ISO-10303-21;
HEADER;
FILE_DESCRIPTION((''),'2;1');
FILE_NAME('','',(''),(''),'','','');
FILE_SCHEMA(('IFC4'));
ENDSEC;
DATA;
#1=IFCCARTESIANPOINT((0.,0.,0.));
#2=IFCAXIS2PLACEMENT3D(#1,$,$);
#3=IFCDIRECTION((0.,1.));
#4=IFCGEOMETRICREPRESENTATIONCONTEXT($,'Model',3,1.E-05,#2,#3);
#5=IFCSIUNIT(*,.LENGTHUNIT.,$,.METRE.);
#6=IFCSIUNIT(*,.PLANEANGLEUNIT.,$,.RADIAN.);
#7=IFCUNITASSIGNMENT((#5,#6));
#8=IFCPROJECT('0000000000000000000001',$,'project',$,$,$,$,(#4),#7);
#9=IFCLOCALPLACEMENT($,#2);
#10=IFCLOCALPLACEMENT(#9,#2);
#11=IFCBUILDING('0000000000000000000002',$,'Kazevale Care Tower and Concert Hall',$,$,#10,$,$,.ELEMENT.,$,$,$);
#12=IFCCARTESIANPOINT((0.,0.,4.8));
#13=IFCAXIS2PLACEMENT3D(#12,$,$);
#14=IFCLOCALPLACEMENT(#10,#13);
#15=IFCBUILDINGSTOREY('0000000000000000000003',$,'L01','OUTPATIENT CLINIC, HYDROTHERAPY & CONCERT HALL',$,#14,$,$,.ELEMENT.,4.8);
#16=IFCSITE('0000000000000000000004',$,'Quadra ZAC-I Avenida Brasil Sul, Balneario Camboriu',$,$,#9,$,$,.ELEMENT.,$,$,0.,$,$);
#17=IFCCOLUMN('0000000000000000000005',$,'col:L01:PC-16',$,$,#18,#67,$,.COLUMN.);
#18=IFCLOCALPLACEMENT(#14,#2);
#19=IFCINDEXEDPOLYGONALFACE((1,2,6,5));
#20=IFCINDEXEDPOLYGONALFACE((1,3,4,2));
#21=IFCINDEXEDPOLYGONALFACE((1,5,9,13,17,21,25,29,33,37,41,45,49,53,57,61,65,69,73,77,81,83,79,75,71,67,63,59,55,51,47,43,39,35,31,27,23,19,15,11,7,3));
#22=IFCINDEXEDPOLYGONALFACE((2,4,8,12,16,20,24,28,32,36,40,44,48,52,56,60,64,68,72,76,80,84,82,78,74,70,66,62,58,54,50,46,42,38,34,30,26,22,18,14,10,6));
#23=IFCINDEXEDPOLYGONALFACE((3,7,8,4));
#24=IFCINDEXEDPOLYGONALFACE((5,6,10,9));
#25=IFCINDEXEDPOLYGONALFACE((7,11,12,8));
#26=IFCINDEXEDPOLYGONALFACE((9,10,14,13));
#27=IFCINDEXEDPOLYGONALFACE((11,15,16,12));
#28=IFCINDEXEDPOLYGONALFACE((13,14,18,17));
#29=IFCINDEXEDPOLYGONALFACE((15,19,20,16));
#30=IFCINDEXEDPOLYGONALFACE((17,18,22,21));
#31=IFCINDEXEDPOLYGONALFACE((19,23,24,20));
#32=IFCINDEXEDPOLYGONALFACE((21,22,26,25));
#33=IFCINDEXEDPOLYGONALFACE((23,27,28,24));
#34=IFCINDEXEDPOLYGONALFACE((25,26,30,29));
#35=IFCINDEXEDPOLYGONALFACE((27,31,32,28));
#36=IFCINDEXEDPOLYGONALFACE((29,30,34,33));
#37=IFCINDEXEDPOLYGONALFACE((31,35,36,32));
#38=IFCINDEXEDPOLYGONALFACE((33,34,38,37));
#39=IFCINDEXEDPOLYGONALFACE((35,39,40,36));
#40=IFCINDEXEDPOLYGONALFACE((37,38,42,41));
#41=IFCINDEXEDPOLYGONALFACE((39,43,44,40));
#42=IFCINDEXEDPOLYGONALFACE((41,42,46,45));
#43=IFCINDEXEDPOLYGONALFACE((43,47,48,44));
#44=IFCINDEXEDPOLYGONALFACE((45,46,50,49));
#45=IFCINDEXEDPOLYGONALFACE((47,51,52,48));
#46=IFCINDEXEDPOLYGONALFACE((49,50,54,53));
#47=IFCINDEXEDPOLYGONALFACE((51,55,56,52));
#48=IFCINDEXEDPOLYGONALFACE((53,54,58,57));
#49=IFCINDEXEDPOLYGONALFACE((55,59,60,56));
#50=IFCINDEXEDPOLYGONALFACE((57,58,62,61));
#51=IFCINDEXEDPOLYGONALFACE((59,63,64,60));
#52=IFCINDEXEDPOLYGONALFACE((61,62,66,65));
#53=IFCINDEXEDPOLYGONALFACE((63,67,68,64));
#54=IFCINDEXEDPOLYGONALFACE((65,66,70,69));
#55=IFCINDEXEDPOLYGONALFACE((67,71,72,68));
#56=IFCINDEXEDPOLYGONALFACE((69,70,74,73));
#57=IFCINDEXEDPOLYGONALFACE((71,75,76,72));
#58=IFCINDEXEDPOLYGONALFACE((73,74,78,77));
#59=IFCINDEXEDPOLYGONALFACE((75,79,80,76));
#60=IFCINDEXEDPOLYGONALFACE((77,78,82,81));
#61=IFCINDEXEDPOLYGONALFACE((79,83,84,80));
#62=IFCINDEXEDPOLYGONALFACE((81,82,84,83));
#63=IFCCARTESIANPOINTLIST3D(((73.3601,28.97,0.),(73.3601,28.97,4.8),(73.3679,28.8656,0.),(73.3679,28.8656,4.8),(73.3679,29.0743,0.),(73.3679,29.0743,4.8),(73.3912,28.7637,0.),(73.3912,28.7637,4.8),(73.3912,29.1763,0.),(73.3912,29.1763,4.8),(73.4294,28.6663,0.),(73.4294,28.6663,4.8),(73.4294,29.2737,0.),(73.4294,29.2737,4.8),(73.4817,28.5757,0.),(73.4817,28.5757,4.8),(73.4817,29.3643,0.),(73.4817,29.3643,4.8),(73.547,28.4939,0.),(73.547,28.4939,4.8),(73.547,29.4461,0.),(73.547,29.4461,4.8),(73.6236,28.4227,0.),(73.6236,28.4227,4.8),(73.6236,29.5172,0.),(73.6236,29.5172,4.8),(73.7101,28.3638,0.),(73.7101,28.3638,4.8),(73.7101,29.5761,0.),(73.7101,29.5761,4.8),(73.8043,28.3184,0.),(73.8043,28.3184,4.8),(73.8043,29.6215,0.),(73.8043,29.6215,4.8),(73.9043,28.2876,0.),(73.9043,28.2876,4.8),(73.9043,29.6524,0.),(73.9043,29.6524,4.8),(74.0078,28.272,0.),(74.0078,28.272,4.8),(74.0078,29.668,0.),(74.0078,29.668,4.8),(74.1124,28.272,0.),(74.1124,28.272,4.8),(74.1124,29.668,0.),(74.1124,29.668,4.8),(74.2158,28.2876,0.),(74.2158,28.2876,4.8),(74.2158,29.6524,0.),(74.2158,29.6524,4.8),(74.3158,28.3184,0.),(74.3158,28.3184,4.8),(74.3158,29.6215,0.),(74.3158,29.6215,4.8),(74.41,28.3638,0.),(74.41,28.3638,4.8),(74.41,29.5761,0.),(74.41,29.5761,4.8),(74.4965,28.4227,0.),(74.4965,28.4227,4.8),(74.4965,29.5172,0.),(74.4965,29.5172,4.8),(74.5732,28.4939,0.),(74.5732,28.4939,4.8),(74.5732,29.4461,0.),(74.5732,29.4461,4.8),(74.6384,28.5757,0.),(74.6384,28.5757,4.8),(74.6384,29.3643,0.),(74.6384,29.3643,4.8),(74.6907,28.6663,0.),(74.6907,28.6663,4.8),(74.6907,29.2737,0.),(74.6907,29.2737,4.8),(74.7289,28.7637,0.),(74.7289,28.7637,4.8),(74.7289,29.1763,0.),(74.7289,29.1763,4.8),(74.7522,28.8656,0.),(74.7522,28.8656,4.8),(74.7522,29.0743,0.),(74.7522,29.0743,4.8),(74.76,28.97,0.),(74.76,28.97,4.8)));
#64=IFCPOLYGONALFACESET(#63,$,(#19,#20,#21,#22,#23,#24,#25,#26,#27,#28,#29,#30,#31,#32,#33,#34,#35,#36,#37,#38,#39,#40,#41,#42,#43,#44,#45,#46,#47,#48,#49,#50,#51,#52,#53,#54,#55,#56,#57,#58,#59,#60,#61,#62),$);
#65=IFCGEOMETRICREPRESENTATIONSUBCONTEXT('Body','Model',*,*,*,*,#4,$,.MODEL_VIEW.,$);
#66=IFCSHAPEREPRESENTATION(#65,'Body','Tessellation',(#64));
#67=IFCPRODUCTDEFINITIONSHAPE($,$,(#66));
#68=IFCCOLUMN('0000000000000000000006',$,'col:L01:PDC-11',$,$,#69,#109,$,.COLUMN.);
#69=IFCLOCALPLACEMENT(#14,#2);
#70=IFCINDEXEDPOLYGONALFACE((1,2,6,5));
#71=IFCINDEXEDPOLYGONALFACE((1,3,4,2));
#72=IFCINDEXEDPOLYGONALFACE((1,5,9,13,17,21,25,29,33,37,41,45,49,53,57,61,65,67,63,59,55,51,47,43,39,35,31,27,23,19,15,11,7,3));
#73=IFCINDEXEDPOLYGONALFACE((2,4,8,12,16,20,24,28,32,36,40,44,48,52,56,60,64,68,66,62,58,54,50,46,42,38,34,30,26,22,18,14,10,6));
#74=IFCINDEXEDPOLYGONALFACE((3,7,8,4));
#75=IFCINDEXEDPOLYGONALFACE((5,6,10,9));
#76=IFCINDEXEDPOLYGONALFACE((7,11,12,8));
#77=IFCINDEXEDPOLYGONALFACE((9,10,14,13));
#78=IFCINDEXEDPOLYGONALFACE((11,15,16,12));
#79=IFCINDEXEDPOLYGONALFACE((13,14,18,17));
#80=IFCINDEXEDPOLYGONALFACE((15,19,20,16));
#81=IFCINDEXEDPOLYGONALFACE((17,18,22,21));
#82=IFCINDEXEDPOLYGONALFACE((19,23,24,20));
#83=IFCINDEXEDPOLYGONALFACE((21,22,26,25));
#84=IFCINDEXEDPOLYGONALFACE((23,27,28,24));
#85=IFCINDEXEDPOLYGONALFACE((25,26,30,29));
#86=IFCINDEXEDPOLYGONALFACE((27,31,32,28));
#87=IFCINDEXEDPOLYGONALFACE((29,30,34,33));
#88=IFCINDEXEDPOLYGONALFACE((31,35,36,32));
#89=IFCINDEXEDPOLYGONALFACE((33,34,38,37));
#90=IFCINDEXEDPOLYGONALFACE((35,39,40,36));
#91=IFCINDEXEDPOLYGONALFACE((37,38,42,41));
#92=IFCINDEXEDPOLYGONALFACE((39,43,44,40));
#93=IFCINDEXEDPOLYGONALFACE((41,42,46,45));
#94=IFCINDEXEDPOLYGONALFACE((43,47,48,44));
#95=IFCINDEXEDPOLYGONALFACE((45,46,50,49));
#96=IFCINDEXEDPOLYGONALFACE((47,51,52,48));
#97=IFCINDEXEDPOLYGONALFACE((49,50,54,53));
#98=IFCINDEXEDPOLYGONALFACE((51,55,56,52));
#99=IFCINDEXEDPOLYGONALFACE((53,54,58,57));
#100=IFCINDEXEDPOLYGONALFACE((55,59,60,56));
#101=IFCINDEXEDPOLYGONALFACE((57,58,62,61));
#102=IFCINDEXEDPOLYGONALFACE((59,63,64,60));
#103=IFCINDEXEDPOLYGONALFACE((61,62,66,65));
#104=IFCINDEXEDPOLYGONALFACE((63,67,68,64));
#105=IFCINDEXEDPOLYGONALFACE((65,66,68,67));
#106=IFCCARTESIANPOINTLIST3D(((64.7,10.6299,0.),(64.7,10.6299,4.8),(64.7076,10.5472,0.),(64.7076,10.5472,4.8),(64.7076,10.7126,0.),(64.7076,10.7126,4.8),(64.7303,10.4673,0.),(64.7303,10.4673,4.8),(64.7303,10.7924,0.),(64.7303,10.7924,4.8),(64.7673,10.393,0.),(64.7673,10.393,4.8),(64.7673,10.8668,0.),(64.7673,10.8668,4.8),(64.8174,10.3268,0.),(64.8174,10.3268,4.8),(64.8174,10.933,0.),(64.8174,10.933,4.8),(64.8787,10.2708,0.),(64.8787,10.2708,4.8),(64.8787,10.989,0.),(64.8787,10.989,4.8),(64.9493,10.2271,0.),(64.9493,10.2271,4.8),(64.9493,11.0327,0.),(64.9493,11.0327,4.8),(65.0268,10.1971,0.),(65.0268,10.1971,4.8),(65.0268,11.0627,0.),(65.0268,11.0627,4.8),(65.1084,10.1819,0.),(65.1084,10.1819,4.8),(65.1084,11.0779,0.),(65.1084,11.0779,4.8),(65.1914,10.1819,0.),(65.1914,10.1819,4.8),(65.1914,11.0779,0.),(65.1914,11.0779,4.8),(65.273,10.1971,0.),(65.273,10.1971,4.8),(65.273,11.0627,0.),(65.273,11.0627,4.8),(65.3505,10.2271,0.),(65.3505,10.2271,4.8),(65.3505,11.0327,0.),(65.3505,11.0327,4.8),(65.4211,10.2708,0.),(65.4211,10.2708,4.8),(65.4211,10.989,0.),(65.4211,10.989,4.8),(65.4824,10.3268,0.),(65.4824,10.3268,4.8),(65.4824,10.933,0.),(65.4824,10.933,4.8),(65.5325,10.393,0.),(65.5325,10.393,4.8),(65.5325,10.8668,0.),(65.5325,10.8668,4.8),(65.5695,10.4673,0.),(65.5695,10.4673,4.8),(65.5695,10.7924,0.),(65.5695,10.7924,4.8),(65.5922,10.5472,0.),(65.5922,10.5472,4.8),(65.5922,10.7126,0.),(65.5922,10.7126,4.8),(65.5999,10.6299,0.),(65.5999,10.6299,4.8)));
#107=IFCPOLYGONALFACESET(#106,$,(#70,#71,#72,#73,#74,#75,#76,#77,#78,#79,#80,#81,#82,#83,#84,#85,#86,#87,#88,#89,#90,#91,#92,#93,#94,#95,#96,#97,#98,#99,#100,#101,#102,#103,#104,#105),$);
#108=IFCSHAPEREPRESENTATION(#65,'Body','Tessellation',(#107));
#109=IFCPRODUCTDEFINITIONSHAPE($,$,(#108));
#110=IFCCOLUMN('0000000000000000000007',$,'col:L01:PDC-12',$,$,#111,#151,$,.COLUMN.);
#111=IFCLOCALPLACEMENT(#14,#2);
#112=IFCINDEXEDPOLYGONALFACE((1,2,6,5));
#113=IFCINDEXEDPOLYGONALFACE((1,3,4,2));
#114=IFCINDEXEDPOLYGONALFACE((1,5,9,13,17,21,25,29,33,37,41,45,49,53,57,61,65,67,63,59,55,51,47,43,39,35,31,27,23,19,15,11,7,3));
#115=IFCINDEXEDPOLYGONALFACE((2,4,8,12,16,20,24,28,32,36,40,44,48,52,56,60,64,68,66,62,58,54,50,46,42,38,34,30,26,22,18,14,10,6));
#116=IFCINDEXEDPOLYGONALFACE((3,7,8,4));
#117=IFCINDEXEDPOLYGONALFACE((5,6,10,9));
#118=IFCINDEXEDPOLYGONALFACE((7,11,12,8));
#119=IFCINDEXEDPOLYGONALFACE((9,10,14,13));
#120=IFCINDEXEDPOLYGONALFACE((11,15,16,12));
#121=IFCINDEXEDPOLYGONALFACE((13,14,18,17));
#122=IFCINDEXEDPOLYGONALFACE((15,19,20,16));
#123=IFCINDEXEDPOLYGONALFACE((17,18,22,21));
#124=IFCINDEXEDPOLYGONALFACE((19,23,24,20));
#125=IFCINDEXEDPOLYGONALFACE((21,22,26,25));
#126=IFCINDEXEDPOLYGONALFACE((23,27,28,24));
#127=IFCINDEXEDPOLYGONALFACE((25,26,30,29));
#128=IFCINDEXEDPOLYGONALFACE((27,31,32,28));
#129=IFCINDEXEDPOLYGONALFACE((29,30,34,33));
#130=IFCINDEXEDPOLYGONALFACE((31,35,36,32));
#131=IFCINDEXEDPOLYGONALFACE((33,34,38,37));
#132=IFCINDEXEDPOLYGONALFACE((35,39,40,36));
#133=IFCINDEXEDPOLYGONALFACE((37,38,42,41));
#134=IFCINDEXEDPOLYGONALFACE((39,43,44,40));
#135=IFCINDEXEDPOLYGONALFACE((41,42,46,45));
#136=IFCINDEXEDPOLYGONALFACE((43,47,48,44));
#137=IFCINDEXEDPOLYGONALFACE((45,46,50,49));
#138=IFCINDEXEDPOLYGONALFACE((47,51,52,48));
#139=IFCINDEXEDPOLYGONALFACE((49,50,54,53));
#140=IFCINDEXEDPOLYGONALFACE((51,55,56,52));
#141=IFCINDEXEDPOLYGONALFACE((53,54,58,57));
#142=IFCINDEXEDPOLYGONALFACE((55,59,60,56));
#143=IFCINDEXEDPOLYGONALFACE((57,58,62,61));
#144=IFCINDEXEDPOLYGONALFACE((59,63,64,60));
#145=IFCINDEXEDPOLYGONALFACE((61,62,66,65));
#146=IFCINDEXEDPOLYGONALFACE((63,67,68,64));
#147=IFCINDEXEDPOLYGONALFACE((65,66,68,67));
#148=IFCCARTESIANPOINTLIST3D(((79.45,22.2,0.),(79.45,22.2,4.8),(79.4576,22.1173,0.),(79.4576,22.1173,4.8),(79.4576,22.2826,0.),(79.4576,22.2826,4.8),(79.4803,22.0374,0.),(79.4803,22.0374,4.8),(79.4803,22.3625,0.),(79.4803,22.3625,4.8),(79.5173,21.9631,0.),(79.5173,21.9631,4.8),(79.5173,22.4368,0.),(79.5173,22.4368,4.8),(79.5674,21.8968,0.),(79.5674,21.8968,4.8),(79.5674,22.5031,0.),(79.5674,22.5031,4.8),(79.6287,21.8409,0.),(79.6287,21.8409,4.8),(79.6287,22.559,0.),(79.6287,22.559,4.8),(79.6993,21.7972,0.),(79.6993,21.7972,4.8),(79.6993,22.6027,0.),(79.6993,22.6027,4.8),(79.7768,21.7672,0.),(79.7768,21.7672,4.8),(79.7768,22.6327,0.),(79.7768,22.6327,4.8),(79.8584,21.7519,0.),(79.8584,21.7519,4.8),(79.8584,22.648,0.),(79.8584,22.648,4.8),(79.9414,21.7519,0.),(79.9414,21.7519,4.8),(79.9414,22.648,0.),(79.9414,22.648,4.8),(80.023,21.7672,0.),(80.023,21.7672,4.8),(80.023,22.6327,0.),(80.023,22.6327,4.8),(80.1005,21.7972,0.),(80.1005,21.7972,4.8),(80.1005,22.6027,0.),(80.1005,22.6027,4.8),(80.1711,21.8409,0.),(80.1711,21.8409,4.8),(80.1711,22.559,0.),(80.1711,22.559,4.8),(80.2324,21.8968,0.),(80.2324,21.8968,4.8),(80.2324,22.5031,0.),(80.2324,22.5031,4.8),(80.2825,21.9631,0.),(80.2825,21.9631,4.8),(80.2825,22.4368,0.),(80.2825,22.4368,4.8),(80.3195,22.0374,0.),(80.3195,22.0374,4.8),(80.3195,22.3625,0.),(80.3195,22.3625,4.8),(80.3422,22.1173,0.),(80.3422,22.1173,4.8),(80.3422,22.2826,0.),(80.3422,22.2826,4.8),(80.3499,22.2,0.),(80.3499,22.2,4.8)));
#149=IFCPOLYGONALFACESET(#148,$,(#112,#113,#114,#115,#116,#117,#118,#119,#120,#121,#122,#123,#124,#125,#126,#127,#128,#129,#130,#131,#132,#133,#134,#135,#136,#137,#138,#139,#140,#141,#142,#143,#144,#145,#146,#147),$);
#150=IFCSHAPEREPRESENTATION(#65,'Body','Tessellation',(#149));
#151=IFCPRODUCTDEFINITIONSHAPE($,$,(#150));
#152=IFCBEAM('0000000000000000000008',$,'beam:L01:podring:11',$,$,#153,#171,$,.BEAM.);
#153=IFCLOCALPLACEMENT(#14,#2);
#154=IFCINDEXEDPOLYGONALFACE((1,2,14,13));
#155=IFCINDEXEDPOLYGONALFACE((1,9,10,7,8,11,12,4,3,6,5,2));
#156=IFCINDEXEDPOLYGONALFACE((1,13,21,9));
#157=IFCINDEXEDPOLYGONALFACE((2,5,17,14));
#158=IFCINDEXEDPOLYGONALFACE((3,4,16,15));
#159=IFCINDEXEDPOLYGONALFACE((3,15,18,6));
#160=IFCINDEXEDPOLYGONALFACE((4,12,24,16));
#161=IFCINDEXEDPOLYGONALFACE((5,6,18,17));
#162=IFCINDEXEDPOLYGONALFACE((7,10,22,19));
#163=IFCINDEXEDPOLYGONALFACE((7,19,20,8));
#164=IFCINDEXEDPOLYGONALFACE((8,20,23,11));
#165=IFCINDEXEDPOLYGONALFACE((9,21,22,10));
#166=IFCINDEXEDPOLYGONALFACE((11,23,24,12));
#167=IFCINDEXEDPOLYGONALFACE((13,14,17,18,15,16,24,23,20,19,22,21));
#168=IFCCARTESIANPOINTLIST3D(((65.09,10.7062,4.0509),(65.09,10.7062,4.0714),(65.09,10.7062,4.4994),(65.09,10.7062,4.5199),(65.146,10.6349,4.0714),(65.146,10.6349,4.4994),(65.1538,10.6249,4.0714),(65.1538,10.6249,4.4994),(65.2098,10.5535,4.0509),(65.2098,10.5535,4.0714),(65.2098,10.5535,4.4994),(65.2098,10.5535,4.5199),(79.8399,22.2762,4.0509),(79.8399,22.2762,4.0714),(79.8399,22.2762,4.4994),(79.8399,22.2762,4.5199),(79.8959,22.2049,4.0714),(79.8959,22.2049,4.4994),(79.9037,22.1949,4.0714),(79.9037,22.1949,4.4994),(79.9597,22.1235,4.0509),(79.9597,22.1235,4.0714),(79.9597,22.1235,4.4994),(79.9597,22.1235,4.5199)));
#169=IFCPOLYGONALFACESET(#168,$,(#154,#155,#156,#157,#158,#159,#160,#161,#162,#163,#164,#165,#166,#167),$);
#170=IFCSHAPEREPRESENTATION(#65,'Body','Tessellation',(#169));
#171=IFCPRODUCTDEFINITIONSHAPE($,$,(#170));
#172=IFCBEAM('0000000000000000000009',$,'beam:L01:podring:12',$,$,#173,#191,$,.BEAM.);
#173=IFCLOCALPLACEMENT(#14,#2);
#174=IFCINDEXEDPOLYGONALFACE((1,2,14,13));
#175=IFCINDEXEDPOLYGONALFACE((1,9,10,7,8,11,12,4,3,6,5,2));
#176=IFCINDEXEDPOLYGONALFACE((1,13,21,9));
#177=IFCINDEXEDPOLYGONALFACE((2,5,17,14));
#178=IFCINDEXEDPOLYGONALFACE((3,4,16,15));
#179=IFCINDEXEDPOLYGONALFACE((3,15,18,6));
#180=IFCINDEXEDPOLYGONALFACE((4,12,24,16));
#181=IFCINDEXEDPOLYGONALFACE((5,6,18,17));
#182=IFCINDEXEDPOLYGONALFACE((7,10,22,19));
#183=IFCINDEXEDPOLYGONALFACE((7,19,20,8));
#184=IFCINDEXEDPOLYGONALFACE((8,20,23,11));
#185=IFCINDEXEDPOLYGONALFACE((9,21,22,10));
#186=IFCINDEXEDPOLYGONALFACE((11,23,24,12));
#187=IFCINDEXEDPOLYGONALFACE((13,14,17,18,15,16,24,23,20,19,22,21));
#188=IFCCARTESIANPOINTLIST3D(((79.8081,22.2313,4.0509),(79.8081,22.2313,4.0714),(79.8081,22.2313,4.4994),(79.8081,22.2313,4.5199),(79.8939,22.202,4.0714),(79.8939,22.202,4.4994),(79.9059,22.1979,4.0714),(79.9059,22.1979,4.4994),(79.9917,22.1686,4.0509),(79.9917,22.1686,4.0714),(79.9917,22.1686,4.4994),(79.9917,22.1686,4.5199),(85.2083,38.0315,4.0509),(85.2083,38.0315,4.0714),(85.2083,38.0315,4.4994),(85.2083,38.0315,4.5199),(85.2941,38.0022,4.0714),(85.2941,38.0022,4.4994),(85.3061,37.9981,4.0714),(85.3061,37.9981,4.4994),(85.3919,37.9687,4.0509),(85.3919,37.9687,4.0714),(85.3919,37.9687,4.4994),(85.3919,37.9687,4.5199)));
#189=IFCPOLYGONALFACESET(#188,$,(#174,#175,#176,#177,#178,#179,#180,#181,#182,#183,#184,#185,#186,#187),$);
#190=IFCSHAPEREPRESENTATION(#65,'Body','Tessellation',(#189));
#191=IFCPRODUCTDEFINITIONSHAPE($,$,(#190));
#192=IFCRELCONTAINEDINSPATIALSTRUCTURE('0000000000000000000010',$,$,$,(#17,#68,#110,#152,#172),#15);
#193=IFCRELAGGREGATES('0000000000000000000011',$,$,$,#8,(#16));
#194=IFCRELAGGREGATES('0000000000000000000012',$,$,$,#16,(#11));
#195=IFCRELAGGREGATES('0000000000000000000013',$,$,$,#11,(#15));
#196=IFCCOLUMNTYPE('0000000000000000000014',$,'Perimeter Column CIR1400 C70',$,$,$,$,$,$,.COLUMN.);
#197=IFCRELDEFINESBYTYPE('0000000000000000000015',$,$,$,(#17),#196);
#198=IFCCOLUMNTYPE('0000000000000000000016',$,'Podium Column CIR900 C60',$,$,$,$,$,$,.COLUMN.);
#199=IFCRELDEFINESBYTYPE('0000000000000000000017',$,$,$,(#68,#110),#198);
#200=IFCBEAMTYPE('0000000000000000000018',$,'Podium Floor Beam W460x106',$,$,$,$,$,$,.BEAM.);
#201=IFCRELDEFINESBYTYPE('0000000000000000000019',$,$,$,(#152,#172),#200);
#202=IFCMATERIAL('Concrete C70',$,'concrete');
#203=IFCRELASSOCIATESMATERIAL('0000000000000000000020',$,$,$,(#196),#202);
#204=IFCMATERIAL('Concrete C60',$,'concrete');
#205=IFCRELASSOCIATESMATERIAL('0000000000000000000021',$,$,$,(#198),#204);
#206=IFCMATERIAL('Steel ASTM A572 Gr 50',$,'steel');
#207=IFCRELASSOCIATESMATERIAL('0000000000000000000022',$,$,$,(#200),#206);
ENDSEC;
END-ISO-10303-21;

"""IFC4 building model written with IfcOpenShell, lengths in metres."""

from ifc_helpers import new_model, si_unit, direction, frame, origin, origin_2d, place, context, subcontext, project, spatial, circle, i_section, extrude, material, material_profile, profile_set, type_object, element, save


model = new_model("IFC4")

# Units and contexts
model_context = context("Model", 3, precision=1e-05, world=origin(), true_north=direction((0.0, 1.0)))
body_context = subcontext(model_context, "Body", "Model", "MODEL_VIEW")
ifc_project = project(units=[si_unit("LENGTHUNIT", "METRE"), si_unit("PLANEANGLEUNIT", "RADIAN")], contexts=[model_context])

# Site, building, storey
site_placement = place(None, origin())
site = spatial("IfcSite", under=ifc_project, at=site_placement, Name="Quadra ZAC-I Avenida Brasil Sul, Balneario Camboriu", CompositionType="ELEMENT", RefElevation=0.0)
building_placement = place(site_placement, origin())
building = spatial("IfcBuilding", under=site, at=building_placement, Name="Kazevale Care Tower and Concert Hall", CompositionType="ELEMENT")
storey_placement = place(building_placement, frame((0.0, 0.0, 4.8)))
storey = spatial("IfcBuildingStorey", under=building, at=storey_placement, Name="L01", Description="OUTPATIENT CLINIC, HYDROTHERAPY & CONCERT HALL", CompositionType="ELEMENT", Elevation=4.8)

# Columns
ifc_material_1 = material(Name="Concrete C70", Category="concrete")
ifc_material_profile_1 = material_profile(ifc_material_1, circle(Radius=0.7, at=origin_2d()), Name="RC-CIR1400")
ifc_profile_set_1 = profile_set([ifc_material_profile_1], Name="Concrete C70")
column_type_1 = type_object("IfcColumnType", Name="Perimeter Column CIR1400 C70", PredefinedType="COLUMN", material=ifc_profile_set_1)
for number, where, z_axis, x_axis, name in (
    (1, (74.0601, 28.97, 0.0), (0.0, 0.0, 1.0), (1.0, 0.0, 0.0), "col:L01:PC-16"),
):
    element("IfcColumn", number, at=place(storey_placement, frame(where, z_axis=z_axis, x_axis=x_axis)), inside=storey, type_object=column_type_1, Name=name, PredefinedType="COLUMN", context=body_context, shape_type="SweptSolid", body=[
        extrude(circle(Radius=0.7, at=origin_2d()), origin(), (0.0, 0.0, 1.0), 4.8),
    ])
ifc_material_2 = material(Name="Concrete C60", Category="concrete")
ifc_material_profile_2 = material_profile(ifc_material_2, circle(Radius=0.45, at=origin_2d()), Name="RC-CIR900")
ifc_profile_set_2 = profile_set([ifc_material_profile_2], Name="Concrete C60")
column_type_2 = type_object("IfcColumnType", Name="Podium Column CIR900 C60", PredefinedType="COLUMN", material=ifc_profile_set_2)
for number, where, z_axis, x_axis, name in (
    (2, (65.1499, 10.6299, 0.0), (0.0, 0.0, 1.0), (1.0, 0.0, 0.0), "col:L01:PDC-11"),
    (3, (79.8999, 22.2, 0.0), (0.0, 0.0, 1.0), (1.0, 0.0, 0.0), "col:L01:PDC-12"),
):
    element("IfcColumn", number, at=place(storey_placement, frame(where, z_axis=z_axis, x_axis=x_axis)), inside=storey, type_object=column_type_2, Name=name, PredefinedType="COLUMN", context=body_context, shape_type="SweptSolid", body=[
        extrude(circle(Radius=0.45, at=origin_2d()), origin(), (0.0, 0.0, 1.0), 4.8),
    ])

# Beams
ifc_material_3 = material(Name="Steel ASTM A572 Gr 50", Category="steel")
ifc_material_profile_3 = material_profile(ifc_material_3, i_section(OverallWidth=0.1941, OverallDepth=0.469, WebThickness=0.0127, FlangeThickness=0.0205, at=origin_2d()), Name="W460x106")
ifc_profile_set_3 = profile_set([ifc_material_profile_3], Name="Steel ASTM A572 Gr 50")
beam_type_1 = type_object("IfcBeamType", Name="Podium Floor Beam W460x106", PredefinedType="BEAM", material=ifc_profile_set_3)
beam_1_placement = place(storey_placement, frame((65.1499, 10.6299, 4.2854), z_axis=(0.786816, 0.617188, 0.0), x_axis=(-0.617188, 0.786816, 0.0)))
element("IfcBeam", 4, at=beam_1_placement, inside=storey, type_object=beam_type_1, Name="beam:L01:podring:11", PredefinedType="BEAM", context=body_context, shape_type="SweptSolid", body=[
    extrude(i_section(OverallWidth=0.1941, OverallDepth=0.469, WebThickness=0.0127, FlangeThickness=0.0205, at=origin_2d()), origin(), (0.0, 0.0, 1.0), 18.7463),
])
beam_2_placement = place(storey_placement, frame((79.8999, 22.2, 4.2854), z_axis=(0.323412, 0.946258, 0.0), x_axis=(-0.946258, 0.323412, 0.0)))
element("IfcBeam", 5, at=beam_2_placement, inside=storey, type_object=beam_type_1, Name="beam:L01:podring:12", PredefinedType="BEAM", context=body_context, shape_type="SweptSolid", body=[
    extrude(i_section(OverallWidth=0.1941, OverallDepth=0.469, WebThickness=0.0127, FlangeThickness=0.0205, at=origin_2d()), origin(), (0.0, 0.0, 1.0), 16.6975),
])

save(model, "model.ifc")
